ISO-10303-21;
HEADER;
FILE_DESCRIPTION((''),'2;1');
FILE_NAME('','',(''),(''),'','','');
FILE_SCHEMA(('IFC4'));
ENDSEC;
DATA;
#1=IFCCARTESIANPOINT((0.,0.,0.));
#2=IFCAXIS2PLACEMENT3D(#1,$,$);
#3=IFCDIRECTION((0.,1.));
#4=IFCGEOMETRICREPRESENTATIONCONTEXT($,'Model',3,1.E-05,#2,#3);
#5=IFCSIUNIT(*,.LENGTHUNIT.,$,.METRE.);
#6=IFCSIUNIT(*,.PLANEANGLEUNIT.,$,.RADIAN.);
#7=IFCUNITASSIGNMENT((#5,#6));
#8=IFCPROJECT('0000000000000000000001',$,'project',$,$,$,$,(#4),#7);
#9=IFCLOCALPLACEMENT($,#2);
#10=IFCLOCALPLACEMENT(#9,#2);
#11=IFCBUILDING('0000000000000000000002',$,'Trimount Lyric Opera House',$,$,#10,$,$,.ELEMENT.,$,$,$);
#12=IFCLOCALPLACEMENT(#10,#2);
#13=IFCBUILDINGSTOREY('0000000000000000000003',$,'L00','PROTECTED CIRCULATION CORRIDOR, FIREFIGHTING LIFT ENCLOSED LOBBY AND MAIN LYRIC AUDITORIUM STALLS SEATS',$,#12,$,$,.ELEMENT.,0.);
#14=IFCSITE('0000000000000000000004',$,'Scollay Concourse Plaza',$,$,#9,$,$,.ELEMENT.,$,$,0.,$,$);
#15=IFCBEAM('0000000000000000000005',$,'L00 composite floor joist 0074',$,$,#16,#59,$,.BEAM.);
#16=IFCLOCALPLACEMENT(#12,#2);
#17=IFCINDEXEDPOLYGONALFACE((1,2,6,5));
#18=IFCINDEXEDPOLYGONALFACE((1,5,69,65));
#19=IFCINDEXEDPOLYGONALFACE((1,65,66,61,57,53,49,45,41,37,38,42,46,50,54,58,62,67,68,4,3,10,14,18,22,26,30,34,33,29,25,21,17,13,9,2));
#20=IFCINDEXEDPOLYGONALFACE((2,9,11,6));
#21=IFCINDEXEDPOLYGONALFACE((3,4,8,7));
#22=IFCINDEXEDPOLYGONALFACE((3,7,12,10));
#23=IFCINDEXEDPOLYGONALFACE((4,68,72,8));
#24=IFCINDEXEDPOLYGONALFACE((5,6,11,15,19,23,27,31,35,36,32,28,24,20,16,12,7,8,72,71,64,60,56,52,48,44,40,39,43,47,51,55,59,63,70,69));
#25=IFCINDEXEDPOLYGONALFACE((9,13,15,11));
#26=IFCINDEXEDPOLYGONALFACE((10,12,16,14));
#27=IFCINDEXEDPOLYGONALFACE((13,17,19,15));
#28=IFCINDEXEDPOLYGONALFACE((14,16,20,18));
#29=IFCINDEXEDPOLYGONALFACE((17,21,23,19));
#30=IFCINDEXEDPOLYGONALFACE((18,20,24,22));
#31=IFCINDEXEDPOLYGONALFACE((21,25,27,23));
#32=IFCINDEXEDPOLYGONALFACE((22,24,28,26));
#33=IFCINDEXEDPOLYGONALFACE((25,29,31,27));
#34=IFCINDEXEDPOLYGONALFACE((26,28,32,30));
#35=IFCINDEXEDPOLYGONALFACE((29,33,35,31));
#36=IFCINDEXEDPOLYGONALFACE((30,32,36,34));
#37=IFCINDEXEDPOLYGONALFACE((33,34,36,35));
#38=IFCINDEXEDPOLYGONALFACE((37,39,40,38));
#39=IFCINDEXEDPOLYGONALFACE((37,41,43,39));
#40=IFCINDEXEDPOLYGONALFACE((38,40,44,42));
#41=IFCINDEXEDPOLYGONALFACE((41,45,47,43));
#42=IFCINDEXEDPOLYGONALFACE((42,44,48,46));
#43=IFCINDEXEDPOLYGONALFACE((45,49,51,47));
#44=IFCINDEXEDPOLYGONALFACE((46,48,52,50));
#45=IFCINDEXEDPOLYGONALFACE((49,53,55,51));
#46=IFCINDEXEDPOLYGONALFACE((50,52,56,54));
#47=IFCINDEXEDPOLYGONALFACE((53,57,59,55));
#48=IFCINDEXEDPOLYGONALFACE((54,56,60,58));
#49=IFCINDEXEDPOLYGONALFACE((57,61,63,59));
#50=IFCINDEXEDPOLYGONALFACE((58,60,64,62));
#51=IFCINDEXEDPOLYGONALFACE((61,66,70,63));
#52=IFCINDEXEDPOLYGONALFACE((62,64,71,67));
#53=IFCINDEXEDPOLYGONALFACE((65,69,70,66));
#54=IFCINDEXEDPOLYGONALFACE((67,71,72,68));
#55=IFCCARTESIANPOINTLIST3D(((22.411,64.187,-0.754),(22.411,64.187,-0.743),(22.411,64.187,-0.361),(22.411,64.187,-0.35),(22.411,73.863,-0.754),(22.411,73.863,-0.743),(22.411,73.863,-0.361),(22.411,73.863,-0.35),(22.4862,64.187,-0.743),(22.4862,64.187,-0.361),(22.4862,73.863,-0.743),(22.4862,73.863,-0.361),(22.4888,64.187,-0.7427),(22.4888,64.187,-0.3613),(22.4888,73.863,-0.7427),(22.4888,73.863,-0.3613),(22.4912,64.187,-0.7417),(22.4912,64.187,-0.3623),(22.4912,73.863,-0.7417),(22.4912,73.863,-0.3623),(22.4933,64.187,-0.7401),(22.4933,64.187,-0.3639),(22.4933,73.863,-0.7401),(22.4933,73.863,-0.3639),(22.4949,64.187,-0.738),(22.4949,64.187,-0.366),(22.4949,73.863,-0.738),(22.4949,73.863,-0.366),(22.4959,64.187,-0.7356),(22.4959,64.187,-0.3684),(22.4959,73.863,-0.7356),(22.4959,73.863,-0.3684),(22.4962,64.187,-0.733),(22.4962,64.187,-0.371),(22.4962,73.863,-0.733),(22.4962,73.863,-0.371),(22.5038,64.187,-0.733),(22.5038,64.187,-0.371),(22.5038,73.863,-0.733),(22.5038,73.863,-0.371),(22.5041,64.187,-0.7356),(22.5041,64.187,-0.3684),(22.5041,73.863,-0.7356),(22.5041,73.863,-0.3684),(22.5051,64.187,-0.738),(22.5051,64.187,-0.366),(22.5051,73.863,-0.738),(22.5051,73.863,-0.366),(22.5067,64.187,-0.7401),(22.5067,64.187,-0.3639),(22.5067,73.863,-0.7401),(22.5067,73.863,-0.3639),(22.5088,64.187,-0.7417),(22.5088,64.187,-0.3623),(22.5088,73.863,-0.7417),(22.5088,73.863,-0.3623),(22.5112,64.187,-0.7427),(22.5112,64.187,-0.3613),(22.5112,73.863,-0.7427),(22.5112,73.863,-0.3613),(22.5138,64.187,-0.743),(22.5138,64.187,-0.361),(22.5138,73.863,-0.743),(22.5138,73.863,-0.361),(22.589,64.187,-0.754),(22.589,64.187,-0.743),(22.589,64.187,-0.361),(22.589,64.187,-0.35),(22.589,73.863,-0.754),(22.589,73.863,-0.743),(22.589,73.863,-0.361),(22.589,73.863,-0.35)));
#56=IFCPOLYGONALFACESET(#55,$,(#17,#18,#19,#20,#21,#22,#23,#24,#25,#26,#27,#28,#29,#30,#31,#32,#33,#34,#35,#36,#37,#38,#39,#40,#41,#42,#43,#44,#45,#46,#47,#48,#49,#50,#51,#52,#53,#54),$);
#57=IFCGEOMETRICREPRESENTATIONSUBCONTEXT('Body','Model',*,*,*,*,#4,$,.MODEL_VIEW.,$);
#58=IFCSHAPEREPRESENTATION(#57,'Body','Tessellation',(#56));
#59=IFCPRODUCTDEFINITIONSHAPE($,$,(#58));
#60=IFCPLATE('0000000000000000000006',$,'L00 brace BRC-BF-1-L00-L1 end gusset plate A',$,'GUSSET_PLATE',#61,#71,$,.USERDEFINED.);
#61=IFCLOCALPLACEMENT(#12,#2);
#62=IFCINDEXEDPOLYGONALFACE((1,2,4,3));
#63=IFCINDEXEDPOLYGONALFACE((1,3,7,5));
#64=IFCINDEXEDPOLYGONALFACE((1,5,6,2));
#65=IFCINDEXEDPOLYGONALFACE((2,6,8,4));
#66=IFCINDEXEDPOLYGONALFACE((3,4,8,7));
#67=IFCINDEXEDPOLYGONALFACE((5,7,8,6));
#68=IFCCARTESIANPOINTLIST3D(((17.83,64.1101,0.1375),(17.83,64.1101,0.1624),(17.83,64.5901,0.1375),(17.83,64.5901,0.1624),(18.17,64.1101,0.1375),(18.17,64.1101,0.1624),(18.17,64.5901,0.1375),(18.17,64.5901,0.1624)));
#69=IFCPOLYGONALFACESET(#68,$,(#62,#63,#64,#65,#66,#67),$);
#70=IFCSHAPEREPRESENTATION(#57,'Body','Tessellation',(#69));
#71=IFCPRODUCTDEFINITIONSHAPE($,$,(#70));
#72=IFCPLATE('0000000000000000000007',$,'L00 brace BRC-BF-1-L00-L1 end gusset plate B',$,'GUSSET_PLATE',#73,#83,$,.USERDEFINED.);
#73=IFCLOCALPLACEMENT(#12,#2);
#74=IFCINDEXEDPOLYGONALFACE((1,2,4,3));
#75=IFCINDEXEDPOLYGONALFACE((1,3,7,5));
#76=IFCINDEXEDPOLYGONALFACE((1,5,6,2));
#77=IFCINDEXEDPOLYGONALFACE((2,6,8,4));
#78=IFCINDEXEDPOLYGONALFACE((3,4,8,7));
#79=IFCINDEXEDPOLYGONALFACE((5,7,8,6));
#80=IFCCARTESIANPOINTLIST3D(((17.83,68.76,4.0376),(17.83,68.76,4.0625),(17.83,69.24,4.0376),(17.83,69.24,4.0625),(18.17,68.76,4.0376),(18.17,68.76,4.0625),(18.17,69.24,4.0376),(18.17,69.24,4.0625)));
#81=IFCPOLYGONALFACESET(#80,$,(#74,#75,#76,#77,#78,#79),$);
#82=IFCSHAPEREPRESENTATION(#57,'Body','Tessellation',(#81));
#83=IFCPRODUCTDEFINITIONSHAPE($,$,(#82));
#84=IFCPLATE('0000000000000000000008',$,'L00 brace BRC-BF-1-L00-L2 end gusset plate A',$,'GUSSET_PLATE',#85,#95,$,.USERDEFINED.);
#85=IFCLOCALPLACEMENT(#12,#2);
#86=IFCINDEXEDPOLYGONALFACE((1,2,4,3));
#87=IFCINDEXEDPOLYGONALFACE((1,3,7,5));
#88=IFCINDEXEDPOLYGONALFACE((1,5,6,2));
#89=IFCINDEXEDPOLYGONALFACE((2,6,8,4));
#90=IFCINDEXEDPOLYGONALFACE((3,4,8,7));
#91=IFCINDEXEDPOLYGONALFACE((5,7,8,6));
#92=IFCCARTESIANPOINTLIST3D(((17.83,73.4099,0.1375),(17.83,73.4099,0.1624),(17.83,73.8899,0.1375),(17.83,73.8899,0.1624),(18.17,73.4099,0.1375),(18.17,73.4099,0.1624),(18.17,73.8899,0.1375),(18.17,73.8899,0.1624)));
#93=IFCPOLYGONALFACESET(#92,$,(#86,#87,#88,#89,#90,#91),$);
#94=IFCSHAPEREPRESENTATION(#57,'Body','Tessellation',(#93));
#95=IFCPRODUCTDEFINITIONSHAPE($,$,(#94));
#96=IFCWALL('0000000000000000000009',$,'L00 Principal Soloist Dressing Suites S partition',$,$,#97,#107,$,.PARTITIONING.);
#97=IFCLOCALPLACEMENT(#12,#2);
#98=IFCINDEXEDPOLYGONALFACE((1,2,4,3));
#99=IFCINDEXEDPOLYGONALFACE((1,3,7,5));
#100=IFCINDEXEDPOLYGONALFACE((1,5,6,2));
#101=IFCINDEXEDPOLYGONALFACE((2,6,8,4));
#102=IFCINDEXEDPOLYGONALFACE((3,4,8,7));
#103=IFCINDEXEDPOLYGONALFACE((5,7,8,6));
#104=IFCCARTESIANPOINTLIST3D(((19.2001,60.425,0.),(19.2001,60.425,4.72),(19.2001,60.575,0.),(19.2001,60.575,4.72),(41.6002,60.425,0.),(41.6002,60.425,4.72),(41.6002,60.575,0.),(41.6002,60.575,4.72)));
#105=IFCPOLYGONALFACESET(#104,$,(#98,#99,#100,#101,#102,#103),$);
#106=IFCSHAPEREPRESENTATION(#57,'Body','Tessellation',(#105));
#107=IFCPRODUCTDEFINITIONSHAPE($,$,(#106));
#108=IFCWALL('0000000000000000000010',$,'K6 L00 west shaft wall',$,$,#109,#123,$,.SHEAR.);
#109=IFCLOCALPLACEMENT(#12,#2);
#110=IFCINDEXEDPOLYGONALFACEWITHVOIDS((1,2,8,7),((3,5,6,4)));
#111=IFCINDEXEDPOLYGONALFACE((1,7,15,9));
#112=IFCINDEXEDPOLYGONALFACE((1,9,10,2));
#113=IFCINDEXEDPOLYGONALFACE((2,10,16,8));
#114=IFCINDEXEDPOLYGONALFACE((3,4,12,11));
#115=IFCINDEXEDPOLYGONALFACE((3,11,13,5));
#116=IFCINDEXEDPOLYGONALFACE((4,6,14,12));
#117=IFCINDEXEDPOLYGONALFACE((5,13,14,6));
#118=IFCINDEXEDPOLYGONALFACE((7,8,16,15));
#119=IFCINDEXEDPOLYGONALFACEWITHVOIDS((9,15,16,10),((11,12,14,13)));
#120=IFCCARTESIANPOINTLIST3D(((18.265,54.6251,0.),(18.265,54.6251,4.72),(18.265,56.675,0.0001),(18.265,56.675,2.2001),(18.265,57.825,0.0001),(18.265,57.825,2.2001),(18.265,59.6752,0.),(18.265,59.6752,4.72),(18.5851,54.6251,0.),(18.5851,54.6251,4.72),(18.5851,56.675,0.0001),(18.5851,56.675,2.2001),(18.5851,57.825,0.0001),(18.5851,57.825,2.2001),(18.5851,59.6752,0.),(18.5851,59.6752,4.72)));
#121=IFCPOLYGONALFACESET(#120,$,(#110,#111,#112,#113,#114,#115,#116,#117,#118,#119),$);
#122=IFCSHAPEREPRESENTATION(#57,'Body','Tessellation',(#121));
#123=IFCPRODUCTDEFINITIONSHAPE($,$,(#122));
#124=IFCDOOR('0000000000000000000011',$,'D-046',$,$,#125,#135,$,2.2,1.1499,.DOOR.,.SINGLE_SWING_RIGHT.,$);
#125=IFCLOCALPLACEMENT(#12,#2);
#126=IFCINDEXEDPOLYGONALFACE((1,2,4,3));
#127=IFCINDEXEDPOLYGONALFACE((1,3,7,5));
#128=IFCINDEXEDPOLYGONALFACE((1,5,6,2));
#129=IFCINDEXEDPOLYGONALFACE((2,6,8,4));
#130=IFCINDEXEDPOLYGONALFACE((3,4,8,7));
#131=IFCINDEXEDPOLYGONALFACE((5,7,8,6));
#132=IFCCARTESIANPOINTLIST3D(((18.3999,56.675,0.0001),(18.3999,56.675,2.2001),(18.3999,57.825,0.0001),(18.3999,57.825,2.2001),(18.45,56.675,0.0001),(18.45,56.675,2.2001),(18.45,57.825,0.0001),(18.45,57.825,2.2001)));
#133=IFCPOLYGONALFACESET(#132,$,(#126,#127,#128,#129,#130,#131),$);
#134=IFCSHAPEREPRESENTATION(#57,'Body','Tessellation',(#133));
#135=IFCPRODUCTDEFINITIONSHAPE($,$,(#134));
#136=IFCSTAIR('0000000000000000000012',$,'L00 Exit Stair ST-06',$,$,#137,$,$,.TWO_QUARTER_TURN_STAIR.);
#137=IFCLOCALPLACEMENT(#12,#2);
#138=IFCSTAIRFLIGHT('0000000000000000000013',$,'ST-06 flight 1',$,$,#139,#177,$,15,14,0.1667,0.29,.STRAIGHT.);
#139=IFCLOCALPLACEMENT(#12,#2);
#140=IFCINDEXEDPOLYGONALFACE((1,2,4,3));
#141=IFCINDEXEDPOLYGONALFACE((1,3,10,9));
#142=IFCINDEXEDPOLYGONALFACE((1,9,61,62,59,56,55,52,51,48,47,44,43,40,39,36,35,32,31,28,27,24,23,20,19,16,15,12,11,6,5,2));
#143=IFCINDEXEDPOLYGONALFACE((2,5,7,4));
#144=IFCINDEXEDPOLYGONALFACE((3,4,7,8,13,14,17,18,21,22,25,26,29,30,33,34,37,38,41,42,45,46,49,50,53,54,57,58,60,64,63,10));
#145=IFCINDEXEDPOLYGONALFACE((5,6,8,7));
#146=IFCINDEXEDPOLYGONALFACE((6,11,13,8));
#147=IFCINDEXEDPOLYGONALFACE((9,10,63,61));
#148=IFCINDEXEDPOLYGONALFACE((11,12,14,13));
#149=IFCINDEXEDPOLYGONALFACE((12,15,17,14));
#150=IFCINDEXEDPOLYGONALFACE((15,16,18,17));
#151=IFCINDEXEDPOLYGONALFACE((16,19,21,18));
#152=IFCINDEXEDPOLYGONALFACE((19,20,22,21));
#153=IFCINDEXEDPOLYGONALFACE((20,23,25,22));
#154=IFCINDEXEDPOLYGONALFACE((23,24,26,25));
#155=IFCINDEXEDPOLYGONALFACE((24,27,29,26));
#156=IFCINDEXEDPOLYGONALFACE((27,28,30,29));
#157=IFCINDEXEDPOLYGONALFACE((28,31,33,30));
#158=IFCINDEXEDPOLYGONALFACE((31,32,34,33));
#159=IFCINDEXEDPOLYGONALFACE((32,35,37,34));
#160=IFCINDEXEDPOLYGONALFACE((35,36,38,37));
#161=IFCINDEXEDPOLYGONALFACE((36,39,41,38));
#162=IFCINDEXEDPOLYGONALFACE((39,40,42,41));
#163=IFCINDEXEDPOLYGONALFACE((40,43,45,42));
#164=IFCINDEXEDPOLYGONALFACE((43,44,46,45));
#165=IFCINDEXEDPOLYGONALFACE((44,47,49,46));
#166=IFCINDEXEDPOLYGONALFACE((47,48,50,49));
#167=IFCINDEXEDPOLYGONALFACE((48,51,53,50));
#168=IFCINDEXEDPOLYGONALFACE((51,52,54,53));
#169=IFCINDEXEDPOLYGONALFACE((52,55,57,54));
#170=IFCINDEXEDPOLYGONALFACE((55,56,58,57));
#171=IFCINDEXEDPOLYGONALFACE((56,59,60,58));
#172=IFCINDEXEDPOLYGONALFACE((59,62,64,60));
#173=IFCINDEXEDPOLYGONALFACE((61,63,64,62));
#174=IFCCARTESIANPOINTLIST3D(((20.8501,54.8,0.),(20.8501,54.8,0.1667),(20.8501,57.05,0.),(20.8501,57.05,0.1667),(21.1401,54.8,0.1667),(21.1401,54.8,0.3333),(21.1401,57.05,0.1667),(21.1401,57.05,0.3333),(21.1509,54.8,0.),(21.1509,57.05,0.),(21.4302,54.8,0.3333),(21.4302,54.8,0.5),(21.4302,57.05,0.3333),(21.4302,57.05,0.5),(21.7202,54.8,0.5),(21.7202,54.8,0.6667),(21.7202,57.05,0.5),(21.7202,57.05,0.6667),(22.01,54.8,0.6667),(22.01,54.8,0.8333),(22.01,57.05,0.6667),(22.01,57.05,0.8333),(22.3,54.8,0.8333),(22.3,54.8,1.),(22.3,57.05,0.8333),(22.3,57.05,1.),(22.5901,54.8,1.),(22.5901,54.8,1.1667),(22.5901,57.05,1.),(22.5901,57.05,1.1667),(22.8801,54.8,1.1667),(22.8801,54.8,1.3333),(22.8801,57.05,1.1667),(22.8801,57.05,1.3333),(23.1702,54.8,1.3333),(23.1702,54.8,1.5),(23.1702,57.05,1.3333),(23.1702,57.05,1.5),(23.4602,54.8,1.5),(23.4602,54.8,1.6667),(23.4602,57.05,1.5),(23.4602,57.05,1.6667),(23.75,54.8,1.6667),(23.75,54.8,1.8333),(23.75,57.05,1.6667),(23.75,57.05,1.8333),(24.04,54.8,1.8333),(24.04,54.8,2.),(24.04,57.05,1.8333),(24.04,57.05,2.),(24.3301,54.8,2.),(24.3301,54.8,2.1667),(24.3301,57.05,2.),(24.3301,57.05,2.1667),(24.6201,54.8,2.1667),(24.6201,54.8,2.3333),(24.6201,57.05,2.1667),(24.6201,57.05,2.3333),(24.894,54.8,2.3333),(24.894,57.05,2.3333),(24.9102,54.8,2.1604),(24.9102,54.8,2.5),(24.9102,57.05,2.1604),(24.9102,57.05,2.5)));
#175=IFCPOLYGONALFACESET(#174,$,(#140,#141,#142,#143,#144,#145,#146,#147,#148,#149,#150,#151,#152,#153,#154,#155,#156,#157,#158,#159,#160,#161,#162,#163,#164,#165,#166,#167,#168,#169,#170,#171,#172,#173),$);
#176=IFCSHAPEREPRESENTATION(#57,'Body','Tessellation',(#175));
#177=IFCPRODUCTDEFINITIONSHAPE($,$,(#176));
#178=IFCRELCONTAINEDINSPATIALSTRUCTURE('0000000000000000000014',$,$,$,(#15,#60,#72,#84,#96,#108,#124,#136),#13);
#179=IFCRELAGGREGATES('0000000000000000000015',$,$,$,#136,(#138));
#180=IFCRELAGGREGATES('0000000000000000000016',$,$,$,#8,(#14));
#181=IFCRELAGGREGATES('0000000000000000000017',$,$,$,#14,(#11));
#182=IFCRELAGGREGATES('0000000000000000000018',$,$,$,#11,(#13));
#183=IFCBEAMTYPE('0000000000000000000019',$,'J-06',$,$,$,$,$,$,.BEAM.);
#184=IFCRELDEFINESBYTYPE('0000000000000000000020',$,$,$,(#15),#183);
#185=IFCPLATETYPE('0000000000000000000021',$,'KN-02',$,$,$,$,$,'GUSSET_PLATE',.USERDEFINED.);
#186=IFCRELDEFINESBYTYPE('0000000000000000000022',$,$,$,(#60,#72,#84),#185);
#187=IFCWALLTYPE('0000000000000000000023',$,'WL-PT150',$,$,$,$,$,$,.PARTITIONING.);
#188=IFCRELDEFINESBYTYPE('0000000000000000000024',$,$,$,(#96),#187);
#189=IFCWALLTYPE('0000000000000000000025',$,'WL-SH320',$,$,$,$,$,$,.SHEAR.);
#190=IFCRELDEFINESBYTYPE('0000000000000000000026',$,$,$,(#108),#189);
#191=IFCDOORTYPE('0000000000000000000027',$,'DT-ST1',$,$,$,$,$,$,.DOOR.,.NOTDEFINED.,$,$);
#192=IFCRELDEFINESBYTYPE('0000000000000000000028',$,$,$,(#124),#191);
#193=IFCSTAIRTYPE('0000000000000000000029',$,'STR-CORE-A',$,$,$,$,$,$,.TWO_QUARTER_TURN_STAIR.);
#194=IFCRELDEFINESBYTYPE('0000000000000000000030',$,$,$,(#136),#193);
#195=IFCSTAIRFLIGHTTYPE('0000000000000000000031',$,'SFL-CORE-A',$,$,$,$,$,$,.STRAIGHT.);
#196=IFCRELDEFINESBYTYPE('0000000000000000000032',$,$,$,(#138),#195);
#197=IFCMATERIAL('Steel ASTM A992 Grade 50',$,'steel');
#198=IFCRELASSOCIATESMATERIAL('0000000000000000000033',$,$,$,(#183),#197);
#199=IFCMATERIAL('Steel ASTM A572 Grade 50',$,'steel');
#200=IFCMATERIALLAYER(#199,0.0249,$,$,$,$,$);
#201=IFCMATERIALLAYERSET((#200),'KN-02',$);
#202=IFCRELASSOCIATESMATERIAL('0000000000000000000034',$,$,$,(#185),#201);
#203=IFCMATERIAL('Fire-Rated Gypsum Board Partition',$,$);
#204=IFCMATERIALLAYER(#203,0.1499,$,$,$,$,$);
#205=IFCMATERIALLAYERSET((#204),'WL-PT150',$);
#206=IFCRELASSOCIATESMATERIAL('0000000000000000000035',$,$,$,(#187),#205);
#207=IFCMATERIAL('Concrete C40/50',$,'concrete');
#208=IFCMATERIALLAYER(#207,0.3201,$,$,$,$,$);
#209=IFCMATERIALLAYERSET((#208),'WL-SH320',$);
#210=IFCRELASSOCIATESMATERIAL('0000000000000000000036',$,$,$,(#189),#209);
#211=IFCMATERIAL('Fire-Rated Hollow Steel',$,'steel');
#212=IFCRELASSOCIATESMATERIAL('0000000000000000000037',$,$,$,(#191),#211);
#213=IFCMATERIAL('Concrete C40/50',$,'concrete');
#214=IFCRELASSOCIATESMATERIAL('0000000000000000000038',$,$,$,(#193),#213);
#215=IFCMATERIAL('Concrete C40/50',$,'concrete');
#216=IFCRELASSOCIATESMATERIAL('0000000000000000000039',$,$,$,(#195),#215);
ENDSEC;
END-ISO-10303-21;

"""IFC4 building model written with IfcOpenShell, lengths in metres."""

from ifc_helpers import new_model, si_unit, direction, frame, frame_2d, origin, origin_2d, place, context, subcontext, project, spatial, polyline, rectangle, i_section, outline, extrude, material, layer, layer_set, material_profile, profile_set, type_object, element, fill, aggregate, save


model = new_model("IFC4")

# Units and contexts
model_context = context("Model", 3, precision=1e-05, world=origin(), true_north=direction((0.0, 1.0)))
body_context = subcontext(model_context, "Body", "Model", "MODEL_VIEW")
ifc_project = project(units=[si_unit("LENGTHUNIT", "METRE"), si_unit("PLANEANGLEUNIT", "RADIAN")], contexts=[model_context])

# Site, building, storey
site_placement = place(None, origin())
site = spatial("IfcSite", under=ifc_project, at=site_placement, Name="Scollay Concourse Plaza", CompositionType="ELEMENT", RefElevation=0.0)
building_placement = place(site_placement, origin())
building = spatial("IfcBuilding", under=site, at=building_placement, Name="Trimount Lyric Opera House", CompositionType="ELEMENT")
storey_placement = place(building_placement, origin())
storey = spatial("IfcBuildingStorey", under=building, at=storey_placement, Name="L00", Description="PROTECTED CIRCULATION CORRIDOR, FIREFIGHTING LIFT ENCLOSED LOBBY AND MAIN LYRIC AUDITORIUM STALLS SEATS", CompositionType="ELEMENT", Elevation=0.0)

# Beam
ifc_material_1 = material(Name="Steel ASTM A992 Grade 50", Category="steel")
ifc_material_profile_1 = material_profile(ifc_material_1, i_section(OverallWidth=0.178, OverallDepth=0.4041, WebThickness=0.0076, FlangeThickness=0.011, FilletRadius=0.01, at=origin_2d()), Name="W16X36")
ifc_profile_set_1 = profile_set([ifc_material_profile_1], Name="Steel ASTM A992 Grade 50")
beam_type_1 = type_object("IfcBeamType", Name="J-06", PredefinedType="BEAM", material=ifc_profile_set_1)
beam_1_placement = place(storey_placement, frame((22.5, 64.187, -0.552), z_axis=(0.0, 1.0, 0.0), x_axis=(-1.0, 0.0, 0.0)))
element("IfcBeam", 1, at=beam_1_placement, inside=storey, type_object=beam_type_1, Name="L00 composite floor joist 0074", PredefinedType="BEAM", context=body_context, shape_type="SweptSolid", body=[
    extrude(i_section(OverallWidth=0.178, OverallDepth=0.4041, WebThickness=0.0076, FlangeThickness=0.011, FilletRadius=0.01, at=origin_2d()), origin(), (0.0, 0.0, 1.0), 9.676),
])

# Plates
ifc_material_2 = material(Name="Steel ASTM A572 Grade 50", Category="steel")
ifc_layer_1 = layer(ifc_material_2, 0.0249)
ifc_layer_set_1 = layer_set([ifc_layer_1], Name="KN-02")
plate_type = type_object("IfcPlateType", Name="KN-02", ElementType="GUSSET_PLATE", PredefinedType="USERDEFINED", material=ifc_layer_set_1)
for number, where, z_axis, x_axis, name in (
    (2, (18.0, 64.3501, 0.1375), (0.0, 0.0, 1.0), (0.0, 1.0, 0.0), "L00 brace BRC-BF-1-L00-L1 end gusset plate A"),
    (3, (18.0, 69.0, 4.0376), (0.0, 0.0, 1.0), (0.0, 1.0, 0.0), "L00 brace BRC-BF-1-L00-L1 end gusset plate B"),
    (4, (18.0, 73.6499, 0.1375), (0.0, 0.0, 1.0), (0.0, -1.0, 0.0), "L00 brace BRC-BF-1-L00-L2 end gusset plate A"),
):
    element("IfcPlate", number, at=place(storey_placement, frame(where, z_axis=z_axis, x_axis=x_axis)), inside=storey, type_object=plate_type, Name=name, ObjectType="GUSSET_PLATE", PredefinedType="USERDEFINED", context=body_context, shape_type="SweptSolid", body=[
        extrude(rectangle(XDim=0.48, YDim=0.3401, at=origin_2d()), origin(), (0.0, 0.0, 1.0), 0.0249),
    ])

# Wall
ifc_material_3 = material(Name="Fire-Rated Gypsum Board Partition")
ifc_layer_2 = layer(ifc_material_3, 0.1499)
ifc_layer_set_2 = layer_set([ifc_layer_2], Name="WL-PT150")
wall_type_1 = type_object("IfcWallType", Name="WL-PT150", PredefinedType="PARTITIONING", material=ifc_layer_set_2)
wall_1_placement = place(storey_placement, frame((19.2, 60.5, 0.0), z_axis=(0.0, 0.0, 1.0), x_axis=(1.0, 0.0, 0.0)))
element("IfcWall", 5, at=wall_1_placement, inside=storey, type_object=wall_type_1, Name="L00 Principal Soloist Dressing Suites S partition", PredefinedType="PARTITIONING", context=body_context, shape_type="SweptSolid", body=[
    extrude(rectangle(XDim=22.4001, YDim=0.1499, at=frame_2d((11.2002, 0.0))), origin(), (0.0, 0.0, 1.0), 4.72),
])

# Wall, opening, door
ifc_material_4 = material(Name="Concrete C40/50", Category="concrete")
ifc_layer_3 = layer(ifc_material_4, 0.3201)
ifc_layer_set_3 = layer_set([ifc_layer_3], Name="WL-SH320")
wall_type_2 = type_object("IfcWallType", Name="WL-SH320", PredefinedType="SHEAR", material=ifc_layer_set_3)
wall_2_placement = place(storey_placement, frame((18.425, 59.675, 0.0), z_axis=(0.0, 0.0, 1.0), x_axis=(0.0, -1.0, 0.0)))
wall_2 = element("IfcWall", 6, at=wall_2_placement, inside=storey, type_object=wall_type_2, Name="K6 L00 west shaft wall", PredefinedType="SHEAR", context=body_context, shape_type="SweptSolid", body=[
    extrude(rectangle(XDim=5.05, YDim=0.3201, at=frame_2d((2.5249, 0.0))), origin(), (0.0, 0.0, 1.0), 4.72),
])
opening_placement = place(wall_2_placement, frame((1.8501, 0.0, 0.0)))
opening = element("IfcOpeningElement", 7, at=opening_placement, cuts=wall_2, PredefinedType="OPENING", context=body_context, shape_type="SweptSolid", body=[
    extrude(rectangle(XDim=1.1499, YDim=2.2, at=frame_2d((0.575, 1.1001))), frame((0.0, 0.1699, 0.0), z_axis=(0.0, -1.0, 0.0), x_axis=(1.0, 0.0, 0.0)), (0.0, 0.0, 1.0), 0.3401),
])
ifc_material_5 = material(Name="Fire-Rated Hollow Steel", Category="steel")
door_type = type_object("IfcDoorType", Name="DT-ST1", OperationType="NOTDEFINED", PredefinedType="DOOR", material=ifc_material_5)
door_placement = place(opening_placement, origin())
door = element("IfcDoor", 8, at=door_placement, inside=storey, type_object=door_type, Name="D-046", OperationType="SINGLE_SWING_RIGHT", OverallHeight=2.2, OverallWidth=1.1499, PredefinedType="DOOR", context=body_context, shape_type="SweptSolid", body=[
    extrude(rectangle(XDim=1.1499, YDim=2.2, at=frame_2d((0.575, 1.1001))), frame((0.0, 0.0249, 0.0), z_axis=(0.0, -1.0, 0.0), x_axis=(1.0, 0.0, 0.0)), (0.0, 0.0, 1.0), 0.05),
])
fill(opening, door)

# Stair, stair flight
ifc_material_6 = material(Name="Concrete C40/50", Category="concrete")
stair_type = type_object("IfcStairType", Name="STR-CORE-A", PredefinedType="TWO_QUARTER_TURN_STAIR", material=ifc_material_6)
stair_placement = place(storey_placement, origin())
stair = element("IfcStair", 9, at=stair_placement, inside=storey, type_object=stair_type, Name="L00 Exit Stair ST-06", PredefinedType="TWO_QUARTER_TURN_STAIR")
ifc_material_7 = material(Name="Concrete C40/50", Category="concrete")
stair_flight_type = type_object("IfcStairFlightType", Name="SFL-CORE-A", PredefinedType="STRAIGHT", material=ifc_material_7)
stair_flight_1_placement = place(storey_placement, frame((20.8501, 55.925, 0.0), z_axis=(0.0, 0.0, 1.0), x_axis=(1.0, 0.0, 0.0)))
stair_flight_1 = element("IfcStairFlight", 10, at=stair_flight_1_placement, type_object=stair_flight_type, Name="ST-06 flight 1", NumberOfRisers=15, NumberOfTreads=14, PredefinedType="STRAIGHT", RiserHeight=0.1667, TreadLength=0.29, context=body_context, shape_type="SweptSolid", body=[
    extrude(outline(polyline([(0.0, 0.0), (0.0, 0.1667), (0.29, 0.1667), (0.29, 0.3333), (0.5801, 0.3333), (0.5801, 0.5), (0.8701, 0.5), (0.8701, 0.6667), (1.1599, 0.6667), (1.1599, 0.8333), (1.45, 0.8333), (1.45, 1.0), (1.74, 1.0), (1.74, 1.1667), (2.03, 1.1667), (2.03, 1.3333), (2.3201, 1.3333), (2.3201, 1.5), (2.6101, 1.5), (2.6101, 1.6667), (2.8999, 1.6667), (2.8999, 1.8333), (3.1899, 1.8333), (3.1899, 2.0), (3.48, 2.0), (3.48, 2.1667), (3.77, 2.1667), (3.77, 2.3333), (4.0439, 2.3333), (4.0601, 2.5), (4.0601, 2.1604), (0.3008, 0.0), (0.0, 0.0)])), frame((0.0, 1.125, 0.0), z_axis=(0.0, -1.0, 0.0), x_axis=(1.0, 0.0, 0.0)), (0.0, 0.0, 1.0), 2.25),
])
aggregate(stair, [stair_flight_1])

save(model, "model.ifc")
